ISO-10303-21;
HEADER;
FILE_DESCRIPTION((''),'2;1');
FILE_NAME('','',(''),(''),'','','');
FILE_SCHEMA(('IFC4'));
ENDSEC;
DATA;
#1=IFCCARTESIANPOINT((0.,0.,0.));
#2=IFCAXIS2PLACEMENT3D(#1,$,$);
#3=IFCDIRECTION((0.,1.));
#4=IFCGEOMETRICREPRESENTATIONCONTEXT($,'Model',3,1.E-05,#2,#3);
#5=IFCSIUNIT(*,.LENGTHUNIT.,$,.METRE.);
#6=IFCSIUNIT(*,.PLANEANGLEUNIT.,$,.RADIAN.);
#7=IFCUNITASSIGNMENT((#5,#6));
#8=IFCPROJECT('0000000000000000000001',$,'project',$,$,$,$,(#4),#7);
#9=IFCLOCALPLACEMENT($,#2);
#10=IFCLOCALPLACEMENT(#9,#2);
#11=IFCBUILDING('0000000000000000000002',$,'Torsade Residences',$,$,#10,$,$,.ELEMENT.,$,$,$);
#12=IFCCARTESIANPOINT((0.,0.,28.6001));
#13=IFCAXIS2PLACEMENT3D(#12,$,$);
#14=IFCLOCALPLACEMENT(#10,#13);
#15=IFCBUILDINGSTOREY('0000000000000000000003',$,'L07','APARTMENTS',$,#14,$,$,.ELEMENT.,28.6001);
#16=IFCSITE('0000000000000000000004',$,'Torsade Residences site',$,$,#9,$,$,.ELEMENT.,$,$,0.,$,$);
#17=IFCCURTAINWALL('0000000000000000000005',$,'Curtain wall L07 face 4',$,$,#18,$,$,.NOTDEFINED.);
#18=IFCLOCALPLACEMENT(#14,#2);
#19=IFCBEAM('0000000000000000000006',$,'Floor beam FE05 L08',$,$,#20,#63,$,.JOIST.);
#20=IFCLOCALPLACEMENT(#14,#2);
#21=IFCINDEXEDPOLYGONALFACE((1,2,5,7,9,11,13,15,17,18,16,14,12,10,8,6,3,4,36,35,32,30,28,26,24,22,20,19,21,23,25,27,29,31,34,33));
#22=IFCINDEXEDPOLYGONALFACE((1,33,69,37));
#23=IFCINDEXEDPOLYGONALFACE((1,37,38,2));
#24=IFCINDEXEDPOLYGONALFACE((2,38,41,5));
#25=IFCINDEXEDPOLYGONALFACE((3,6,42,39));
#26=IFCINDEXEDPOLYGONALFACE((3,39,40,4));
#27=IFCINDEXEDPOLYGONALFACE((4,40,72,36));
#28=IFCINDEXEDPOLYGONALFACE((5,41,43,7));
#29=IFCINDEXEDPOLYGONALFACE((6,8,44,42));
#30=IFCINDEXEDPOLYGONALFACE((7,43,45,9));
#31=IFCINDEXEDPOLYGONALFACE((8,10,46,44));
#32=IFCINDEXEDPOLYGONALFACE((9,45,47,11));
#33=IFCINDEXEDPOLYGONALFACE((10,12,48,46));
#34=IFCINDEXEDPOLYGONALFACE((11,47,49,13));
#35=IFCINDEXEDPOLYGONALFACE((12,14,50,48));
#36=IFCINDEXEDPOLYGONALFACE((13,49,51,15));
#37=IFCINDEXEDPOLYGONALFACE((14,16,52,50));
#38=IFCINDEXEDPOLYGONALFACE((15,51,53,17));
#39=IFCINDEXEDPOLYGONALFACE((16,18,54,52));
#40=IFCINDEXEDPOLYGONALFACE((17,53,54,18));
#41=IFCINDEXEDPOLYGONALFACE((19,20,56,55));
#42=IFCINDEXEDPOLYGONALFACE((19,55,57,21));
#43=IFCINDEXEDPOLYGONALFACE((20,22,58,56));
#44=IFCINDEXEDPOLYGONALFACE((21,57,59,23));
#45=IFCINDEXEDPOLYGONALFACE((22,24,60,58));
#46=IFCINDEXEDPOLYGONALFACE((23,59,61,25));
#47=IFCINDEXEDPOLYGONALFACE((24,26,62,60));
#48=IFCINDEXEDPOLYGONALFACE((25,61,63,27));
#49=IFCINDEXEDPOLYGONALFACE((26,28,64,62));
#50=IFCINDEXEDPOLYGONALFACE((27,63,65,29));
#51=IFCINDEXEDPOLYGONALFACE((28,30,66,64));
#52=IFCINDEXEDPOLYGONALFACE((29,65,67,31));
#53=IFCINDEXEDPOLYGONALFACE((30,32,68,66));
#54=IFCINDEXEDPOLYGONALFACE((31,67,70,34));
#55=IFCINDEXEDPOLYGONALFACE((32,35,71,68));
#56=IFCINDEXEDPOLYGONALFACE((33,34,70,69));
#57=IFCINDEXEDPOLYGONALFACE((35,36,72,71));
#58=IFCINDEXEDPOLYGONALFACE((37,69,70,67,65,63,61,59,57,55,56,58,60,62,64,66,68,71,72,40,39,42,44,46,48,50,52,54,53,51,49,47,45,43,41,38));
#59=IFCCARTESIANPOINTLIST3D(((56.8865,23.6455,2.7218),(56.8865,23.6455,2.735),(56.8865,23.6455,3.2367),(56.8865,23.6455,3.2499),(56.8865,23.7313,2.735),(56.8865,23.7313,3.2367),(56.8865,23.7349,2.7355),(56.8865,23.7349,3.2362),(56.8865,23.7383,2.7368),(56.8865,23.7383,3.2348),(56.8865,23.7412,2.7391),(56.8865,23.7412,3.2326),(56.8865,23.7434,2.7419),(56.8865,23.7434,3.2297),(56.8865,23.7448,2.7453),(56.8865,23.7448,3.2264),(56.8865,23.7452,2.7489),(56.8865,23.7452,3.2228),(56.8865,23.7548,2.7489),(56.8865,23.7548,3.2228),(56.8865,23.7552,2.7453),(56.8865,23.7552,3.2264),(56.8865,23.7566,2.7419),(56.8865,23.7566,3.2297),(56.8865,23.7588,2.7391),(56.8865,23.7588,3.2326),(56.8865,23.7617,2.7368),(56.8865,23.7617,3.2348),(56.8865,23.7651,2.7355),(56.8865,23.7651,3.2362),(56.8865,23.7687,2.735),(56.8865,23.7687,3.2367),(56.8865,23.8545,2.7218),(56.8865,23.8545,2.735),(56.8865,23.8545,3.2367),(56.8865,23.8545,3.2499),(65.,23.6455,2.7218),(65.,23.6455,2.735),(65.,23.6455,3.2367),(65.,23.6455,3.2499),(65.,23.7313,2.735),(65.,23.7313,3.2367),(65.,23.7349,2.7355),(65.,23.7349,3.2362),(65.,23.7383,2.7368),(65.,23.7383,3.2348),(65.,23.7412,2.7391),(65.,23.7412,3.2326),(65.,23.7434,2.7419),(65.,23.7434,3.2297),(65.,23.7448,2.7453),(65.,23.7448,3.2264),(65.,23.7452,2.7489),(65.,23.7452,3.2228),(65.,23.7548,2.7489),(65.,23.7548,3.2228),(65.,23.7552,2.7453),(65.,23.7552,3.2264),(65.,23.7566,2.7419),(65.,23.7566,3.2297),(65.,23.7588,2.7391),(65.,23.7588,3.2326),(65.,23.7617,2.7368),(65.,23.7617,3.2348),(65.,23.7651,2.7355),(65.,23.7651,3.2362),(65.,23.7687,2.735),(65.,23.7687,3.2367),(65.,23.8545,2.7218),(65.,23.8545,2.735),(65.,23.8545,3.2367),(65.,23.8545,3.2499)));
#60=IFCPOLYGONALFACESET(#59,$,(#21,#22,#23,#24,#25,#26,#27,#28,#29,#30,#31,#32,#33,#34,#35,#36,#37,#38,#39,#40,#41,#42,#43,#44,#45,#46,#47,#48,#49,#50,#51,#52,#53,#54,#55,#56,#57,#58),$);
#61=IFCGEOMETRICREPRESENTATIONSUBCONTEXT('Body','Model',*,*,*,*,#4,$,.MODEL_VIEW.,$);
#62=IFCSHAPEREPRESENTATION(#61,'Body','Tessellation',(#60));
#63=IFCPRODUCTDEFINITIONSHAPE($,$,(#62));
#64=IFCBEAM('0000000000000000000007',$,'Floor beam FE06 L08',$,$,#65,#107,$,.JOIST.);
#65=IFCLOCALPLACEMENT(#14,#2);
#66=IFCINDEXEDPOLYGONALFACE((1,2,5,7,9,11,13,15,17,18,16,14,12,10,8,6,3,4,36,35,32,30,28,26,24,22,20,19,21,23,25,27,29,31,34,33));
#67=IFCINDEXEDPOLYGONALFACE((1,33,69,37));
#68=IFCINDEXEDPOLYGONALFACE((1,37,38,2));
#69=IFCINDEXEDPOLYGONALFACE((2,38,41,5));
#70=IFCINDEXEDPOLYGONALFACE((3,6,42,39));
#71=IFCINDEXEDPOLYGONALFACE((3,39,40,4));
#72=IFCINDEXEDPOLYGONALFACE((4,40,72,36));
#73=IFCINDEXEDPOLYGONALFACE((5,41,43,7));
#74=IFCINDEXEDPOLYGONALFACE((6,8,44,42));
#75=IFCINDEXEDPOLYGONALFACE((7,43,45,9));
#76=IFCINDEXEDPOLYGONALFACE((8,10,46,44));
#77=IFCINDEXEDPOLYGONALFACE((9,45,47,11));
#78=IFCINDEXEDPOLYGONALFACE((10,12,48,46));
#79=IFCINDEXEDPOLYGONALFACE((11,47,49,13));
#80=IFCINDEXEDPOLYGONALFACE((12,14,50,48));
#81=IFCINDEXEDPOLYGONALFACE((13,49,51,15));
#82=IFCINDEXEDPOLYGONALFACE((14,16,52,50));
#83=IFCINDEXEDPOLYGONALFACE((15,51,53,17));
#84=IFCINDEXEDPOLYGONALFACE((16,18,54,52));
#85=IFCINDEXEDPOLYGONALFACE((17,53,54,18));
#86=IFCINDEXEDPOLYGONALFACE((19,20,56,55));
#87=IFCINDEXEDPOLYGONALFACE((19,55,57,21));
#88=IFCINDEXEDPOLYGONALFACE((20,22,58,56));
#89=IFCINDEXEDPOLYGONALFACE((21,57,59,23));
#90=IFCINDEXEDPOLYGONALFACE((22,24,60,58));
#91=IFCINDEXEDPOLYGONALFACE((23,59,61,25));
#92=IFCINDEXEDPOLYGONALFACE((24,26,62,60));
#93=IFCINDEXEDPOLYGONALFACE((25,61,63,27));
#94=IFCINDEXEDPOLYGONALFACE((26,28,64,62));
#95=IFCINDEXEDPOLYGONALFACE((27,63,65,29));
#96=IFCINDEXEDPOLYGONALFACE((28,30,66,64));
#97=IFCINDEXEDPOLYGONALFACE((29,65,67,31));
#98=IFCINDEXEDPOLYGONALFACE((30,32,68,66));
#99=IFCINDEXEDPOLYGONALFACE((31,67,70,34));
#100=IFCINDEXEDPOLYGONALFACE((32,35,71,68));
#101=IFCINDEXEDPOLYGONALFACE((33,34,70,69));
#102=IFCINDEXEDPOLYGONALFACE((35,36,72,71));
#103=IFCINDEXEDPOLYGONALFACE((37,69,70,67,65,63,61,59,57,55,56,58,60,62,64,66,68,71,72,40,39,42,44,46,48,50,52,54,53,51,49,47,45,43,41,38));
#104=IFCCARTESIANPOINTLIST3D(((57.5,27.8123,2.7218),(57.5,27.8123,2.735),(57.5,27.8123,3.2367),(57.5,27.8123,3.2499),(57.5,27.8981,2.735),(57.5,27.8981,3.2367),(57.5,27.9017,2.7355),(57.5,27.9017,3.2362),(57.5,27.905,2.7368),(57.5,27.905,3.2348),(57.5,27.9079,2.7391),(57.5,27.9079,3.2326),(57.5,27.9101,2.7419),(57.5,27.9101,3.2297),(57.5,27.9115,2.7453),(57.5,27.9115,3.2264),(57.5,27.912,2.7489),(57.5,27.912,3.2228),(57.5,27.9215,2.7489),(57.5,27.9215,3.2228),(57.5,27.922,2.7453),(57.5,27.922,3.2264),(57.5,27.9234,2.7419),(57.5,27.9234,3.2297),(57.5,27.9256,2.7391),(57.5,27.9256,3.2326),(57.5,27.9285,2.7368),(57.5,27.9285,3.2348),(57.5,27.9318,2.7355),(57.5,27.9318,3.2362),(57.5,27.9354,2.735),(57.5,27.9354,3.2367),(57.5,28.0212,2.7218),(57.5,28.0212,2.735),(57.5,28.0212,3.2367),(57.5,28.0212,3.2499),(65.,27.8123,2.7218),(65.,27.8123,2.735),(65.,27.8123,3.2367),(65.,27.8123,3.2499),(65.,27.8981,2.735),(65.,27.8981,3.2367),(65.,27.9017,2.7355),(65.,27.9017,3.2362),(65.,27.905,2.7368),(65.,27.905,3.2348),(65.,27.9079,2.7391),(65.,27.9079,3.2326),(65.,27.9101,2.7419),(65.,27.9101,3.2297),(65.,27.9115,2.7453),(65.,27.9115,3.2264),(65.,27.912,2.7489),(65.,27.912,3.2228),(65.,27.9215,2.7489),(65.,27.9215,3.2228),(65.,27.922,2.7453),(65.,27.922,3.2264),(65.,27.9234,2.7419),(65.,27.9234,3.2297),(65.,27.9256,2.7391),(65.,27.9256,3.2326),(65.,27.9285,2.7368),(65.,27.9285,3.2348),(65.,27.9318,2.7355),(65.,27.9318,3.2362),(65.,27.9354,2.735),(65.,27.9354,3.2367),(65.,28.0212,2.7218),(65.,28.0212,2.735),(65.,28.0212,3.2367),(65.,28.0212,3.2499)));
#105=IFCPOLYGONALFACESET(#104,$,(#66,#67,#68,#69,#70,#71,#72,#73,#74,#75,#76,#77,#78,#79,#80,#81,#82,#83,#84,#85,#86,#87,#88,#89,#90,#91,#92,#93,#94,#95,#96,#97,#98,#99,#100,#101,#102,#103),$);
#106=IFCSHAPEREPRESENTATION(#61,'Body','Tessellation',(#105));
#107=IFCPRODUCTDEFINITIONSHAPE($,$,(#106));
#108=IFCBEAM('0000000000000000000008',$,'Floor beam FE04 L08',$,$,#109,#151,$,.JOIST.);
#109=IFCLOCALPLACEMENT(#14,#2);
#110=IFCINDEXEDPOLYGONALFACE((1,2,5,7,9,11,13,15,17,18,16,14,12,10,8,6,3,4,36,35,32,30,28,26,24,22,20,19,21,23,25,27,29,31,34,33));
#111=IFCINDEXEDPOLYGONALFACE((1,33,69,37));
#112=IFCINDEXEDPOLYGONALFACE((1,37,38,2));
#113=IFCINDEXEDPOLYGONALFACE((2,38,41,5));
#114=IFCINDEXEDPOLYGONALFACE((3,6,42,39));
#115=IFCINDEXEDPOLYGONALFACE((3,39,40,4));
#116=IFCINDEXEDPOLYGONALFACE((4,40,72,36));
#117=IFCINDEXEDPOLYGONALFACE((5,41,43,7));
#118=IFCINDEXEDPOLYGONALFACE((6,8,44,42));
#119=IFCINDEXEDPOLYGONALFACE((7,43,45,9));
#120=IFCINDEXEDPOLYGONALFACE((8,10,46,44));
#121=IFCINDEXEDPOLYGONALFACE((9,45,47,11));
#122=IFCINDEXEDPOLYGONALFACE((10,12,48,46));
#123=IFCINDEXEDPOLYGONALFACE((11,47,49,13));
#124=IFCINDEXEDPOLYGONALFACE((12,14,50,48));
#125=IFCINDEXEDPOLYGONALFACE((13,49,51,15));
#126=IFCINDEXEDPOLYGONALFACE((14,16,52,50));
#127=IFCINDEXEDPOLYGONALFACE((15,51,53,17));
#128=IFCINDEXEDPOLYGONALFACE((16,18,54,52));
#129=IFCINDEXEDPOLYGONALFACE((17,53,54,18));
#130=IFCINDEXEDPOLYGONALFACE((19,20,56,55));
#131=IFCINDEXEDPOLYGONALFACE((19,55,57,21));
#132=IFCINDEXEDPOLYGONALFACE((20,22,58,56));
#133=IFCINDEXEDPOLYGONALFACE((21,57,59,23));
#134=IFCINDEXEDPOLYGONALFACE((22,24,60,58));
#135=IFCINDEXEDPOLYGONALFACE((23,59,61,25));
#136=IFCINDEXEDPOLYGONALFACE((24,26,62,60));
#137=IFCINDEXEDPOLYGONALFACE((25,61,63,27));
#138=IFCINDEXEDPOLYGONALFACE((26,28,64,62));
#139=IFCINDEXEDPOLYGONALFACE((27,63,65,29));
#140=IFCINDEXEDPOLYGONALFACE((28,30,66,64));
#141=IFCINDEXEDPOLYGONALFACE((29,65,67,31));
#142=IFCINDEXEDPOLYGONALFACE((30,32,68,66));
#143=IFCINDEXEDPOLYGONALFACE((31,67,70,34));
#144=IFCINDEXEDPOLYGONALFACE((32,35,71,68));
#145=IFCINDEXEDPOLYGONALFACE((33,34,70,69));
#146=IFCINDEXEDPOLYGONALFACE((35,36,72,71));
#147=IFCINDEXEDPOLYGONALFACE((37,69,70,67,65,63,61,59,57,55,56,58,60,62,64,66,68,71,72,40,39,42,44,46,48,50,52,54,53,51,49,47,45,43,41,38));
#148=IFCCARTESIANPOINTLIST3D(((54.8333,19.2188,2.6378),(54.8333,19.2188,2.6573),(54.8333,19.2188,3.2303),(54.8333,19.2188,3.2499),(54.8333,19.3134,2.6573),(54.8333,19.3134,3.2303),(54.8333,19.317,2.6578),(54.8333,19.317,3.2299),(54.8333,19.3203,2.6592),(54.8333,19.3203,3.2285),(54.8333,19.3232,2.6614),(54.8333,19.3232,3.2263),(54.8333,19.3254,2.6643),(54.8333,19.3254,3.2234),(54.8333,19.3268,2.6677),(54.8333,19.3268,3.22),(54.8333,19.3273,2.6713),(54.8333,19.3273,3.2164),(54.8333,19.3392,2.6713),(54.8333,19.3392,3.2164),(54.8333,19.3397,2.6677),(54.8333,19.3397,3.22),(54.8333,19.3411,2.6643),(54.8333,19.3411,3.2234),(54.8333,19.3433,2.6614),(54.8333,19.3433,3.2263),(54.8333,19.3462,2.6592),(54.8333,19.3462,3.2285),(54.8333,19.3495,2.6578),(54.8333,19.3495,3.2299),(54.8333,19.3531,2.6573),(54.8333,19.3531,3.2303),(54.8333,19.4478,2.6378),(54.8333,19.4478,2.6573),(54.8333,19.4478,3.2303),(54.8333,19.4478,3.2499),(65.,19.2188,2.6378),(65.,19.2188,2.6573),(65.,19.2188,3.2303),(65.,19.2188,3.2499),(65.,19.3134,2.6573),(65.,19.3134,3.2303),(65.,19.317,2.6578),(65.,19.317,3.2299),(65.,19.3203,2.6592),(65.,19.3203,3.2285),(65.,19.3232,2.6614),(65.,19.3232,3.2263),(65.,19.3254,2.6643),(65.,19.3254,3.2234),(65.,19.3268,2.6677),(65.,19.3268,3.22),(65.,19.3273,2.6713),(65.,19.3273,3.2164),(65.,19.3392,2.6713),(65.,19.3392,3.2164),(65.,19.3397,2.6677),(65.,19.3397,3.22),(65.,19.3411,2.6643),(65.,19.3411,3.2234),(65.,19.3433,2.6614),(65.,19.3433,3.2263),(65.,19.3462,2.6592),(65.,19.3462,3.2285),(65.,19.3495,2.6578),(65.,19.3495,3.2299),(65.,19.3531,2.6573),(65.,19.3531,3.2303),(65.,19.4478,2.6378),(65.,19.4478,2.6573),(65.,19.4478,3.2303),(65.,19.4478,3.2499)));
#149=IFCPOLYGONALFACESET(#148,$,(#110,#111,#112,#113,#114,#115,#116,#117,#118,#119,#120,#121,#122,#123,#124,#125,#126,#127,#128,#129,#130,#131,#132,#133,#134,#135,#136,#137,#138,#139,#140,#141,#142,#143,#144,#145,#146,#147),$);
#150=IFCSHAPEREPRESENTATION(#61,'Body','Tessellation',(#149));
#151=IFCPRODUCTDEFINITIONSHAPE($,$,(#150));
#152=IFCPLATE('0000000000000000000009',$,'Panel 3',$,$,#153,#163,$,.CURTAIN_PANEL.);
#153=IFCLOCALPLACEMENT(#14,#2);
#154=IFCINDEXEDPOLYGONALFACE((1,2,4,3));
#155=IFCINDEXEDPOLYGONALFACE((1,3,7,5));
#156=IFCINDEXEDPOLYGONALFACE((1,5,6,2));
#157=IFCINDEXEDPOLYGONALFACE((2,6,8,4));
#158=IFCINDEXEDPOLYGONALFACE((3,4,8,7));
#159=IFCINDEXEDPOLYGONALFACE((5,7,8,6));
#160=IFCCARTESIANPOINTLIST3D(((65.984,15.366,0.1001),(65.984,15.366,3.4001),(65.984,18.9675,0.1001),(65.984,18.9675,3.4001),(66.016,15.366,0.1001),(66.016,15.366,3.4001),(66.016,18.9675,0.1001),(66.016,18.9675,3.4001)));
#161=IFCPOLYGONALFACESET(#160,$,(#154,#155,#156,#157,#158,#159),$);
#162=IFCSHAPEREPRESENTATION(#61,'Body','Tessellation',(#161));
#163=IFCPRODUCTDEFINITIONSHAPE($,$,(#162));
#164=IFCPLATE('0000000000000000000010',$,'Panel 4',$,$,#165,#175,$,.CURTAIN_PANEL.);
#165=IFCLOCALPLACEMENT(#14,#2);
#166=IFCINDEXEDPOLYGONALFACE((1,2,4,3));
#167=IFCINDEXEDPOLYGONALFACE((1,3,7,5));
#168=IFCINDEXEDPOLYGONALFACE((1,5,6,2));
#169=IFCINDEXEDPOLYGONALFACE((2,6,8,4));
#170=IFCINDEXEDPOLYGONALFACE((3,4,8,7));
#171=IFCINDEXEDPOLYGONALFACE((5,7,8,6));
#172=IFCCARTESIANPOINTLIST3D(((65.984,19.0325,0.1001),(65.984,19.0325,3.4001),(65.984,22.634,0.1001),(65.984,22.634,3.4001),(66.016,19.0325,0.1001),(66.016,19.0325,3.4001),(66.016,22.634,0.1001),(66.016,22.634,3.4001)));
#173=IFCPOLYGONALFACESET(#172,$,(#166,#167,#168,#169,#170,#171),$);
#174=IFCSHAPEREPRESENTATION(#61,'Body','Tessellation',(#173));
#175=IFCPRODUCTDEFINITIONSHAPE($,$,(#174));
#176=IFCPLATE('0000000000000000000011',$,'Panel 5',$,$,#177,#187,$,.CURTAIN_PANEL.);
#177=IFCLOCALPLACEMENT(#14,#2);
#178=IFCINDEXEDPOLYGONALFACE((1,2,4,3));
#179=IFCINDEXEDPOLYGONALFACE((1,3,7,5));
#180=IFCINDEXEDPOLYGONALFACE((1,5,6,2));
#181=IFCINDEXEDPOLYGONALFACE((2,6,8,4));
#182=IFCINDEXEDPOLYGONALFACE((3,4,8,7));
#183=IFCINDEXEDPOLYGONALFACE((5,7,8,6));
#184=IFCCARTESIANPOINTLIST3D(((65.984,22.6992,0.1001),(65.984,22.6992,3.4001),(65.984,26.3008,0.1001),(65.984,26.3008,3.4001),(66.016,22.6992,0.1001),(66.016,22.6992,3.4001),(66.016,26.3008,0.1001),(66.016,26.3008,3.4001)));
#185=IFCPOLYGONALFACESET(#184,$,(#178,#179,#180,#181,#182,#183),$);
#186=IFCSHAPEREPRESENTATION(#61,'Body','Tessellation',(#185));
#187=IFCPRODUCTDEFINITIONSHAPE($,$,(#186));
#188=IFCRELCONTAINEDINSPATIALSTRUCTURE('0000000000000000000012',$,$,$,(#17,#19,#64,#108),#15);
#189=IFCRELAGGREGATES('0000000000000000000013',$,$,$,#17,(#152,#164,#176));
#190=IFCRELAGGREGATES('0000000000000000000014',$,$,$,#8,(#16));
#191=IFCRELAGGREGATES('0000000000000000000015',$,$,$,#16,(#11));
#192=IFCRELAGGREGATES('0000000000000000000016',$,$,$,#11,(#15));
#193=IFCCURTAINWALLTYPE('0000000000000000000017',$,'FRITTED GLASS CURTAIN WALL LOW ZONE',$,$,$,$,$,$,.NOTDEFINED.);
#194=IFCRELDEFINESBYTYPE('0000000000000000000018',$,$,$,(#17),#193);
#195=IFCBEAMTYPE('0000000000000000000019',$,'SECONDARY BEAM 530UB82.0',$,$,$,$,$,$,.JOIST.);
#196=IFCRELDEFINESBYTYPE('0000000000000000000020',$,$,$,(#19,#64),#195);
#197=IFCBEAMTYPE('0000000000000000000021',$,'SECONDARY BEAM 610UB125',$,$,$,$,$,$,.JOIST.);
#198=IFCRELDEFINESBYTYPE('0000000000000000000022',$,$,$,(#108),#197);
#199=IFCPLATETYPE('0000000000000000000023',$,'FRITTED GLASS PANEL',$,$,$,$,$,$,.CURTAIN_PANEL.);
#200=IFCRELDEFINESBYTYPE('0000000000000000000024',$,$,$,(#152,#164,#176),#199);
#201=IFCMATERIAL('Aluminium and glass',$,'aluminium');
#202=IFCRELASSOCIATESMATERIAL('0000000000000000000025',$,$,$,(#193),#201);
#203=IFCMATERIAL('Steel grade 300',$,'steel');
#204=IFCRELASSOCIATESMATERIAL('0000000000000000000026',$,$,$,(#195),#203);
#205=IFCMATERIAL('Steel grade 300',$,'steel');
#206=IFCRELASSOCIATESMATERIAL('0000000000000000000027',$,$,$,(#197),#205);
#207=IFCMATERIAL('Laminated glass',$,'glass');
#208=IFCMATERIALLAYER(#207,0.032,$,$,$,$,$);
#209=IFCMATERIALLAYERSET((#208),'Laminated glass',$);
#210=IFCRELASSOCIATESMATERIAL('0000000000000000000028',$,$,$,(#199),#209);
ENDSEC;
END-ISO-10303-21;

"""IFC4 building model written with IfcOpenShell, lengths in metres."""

from ifc_helpers import new_model, si_unit, direction, frame, origin, origin_2d, place, context, subcontext, project, spatial, rectangle, i_section, extrude, material, layer, layer_set, material_profile, profile_set, type_object, element, aggregate, save


model = new_model("IFC4")

# Units and contexts
model_context = context("Model", 3, precision=1e-05, world=origin(), true_north=direction((0.0, 1.0)))
body_context = subcontext(model_context, "Body", "Model", "MODEL_VIEW")
ifc_project = project(units=[si_unit("LENGTHUNIT", "METRE"), si_unit("PLANEANGLEUNIT", "RADIAN")], contexts=[model_context])

# Site, building, storey
site_placement = place(None, origin())
site = spatial("IfcSite", under=ifc_project, at=site_placement, Name="Torsade Residences site", CompositionType="ELEMENT", RefElevation=0.0)
building_placement = place(site_placement, origin())
building = spatial("IfcBuilding", under=site, at=building_placement, Name="Torsade Residences", CompositionType="ELEMENT")
storey_placement = place(building_placement, frame((0.0, 0.0, 28.6001)))
storey = spatial("IfcBuildingStorey", under=building, at=storey_placement, Name="L07", Description="APARTMENTS", CompositionType="ELEMENT", Elevation=28.6001)

# Curtain wall
ifc_material_1 = material(Name="Aluminium and glass", Category="aluminium")
curtain_wall_type = type_object("IfcCurtainWallType", Name="FRITTED GLASS CURTAIN WALL LOW ZONE", PredefinedType="NOTDEFINED", material=ifc_material_1)
curtain_wall_placement = place(storey_placement, origin())
curtain_wall = element("IfcCurtainWall", 1, at=curtain_wall_placement, inside=storey, type_object=curtain_wall_type, Name="Curtain wall L07 face 4", PredefinedType="NOTDEFINED")

# Beams
ifc_material_2 = material(Name="Steel grade 300", Category="steel")
ifc_material_profile_1 = material_profile(ifc_material_2, i_section(OverallWidth=0.209, OverallDepth=0.5281, WebThickness=0.0095, FlangeThickness=0.0132, FilletRadius=0.0139, at=origin_2d()), Name="530UB82.0")
ifc_profile_set_1 = profile_set([ifc_material_profile_1], Name="Steel grade 300")
beam_type_1 = type_object("IfcBeamType", Name="SECONDARY BEAM 530UB82.0", PredefinedType="JOIST", material=ifc_profile_set_1)
beam_1_placement = place(storey_placement, frame((65.0, 23.75, 2.9858), z_axis=(-1.0, 0.0, 0.0), x_axis=(0.0, -1.0, 0.0)))
element("IfcBeam", 2, at=beam_1_placement, inside=storey, type_object=beam_type_1, Name="Floor beam FE05 L08", PredefinedType="JOIST", context=body_context, shape_type="SweptSolid", body=[
    extrude(i_section(OverallWidth=0.209, OverallDepth=0.5281, WebThickness=0.0095, FlangeThickness=0.0132, FilletRadius=0.0139, at=origin_2d()), origin(), (0.0, 0.0, 1.0), 8.1135),
])
beam_2_placement = place(storey_placement, frame((65.0, 27.9167, 2.9858), z_axis=(-1.0, 0.0, 0.0), x_axis=(0.0, -1.0, 0.0)))
element("IfcBeam", 3, at=beam_2_placement, inside=storey, type_object=beam_type_1, Name="Floor beam FE06 L08", PredefinedType="JOIST", context=body_context, shape_type="SweptSolid", body=[
    extrude(i_section(OverallWidth=0.209, OverallDepth=0.5281, WebThickness=0.0095, FlangeThickness=0.0132, FilletRadius=0.0139, at=origin_2d()), origin(), (0.0, 0.0, 1.0), 7.5),
])
ifc_material_3 = material(Name="Steel grade 300", Category="steel")
ifc_material_profile_2 = material_profile(ifc_material_3, i_section(OverallWidth=0.229, OverallDepth=0.6121, WebThickness=0.012, FlangeThickness=0.0195, FilletRadius=0.0139, at=origin_2d()), Name="610UB125")
ifc_profile_set_2 = profile_set([ifc_material_profile_2], Name="Steel grade 300")
beam_type_2 = type_object("IfcBeamType", Name="SECONDARY BEAM 610UB125", PredefinedType="JOIST", material=ifc_profile_set_2)
beam_3_placement = place(storey_placement, frame((65.0, 19.3333, 2.9438), z_axis=(-1.0, 0.0, 0.0), x_axis=(0.0, -1.0, 0.0)))
element("IfcBeam", 4, at=beam_3_placement, inside=storey, type_object=beam_type_2, Name="Floor beam FE04 L08", PredefinedType="JOIST", context=body_context, shape_type="SweptSolid", body=[
    extrude(i_section(OverallWidth=0.229, OverallDepth=0.6121, WebThickness=0.012, FlangeThickness=0.0195, FilletRadius=0.0139, at=origin_2d()), origin(), (0.0, 0.0, 1.0), 10.1667),
])

# Plates
ifc_material_4 = material(Name="Laminated glass", Category="glass")
ifc_layer_1 = layer(ifc_material_4, 0.032)
ifc_layer_set_1 = layer_set([ifc_layer_1], Name="Laminated glass")
plate_type = type_object("IfcPlateType", Name="FRITTED GLASS PANEL", PredefinedType="CURTAIN_PANEL", material=ifc_layer_set_1)
plate_1_placement = place(storey_placement, frame((66.0, 17.1667, 0.1001), z_axis=(0.0, 0.0, 1.0), x_axis=(0.0, 1.0, 0.0)))
plate_1 = element("IfcPlate", 5, at=plate_1_placement, type_object=plate_type, Name="Panel 3", PredefinedType="CURTAIN_PANEL", context=body_context, shape_type="SweptSolid", body=[
    extrude(rectangle(XDim=3.6016, YDim=0.032, at=origin_2d()), origin(), (0.0, 0.0, 1.0), 3.3),
])
plate_2_placement = place(storey_placement, frame((66.0, 20.8333, 0.1001), z_axis=(0.0, 0.0, 1.0), x_axis=(0.0, 1.0, 0.0)))
plate_2 = element("IfcPlate", 6, at=plate_2_placement, type_object=plate_type, Name="Panel 4", PredefinedType="CURTAIN_PANEL", context=body_context, shape_type="SweptSolid", body=[
    extrude(rectangle(XDim=3.6016, YDim=0.032, at=origin_2d()), origin(), (0.0, 0.0, 1.0), 3.3),
])
plate_3_placement = place(storey_placement, frame((66.0, 24.5, 0.1001), z_axis=(0.0, 0.0, 1.0), x_axis=(0.0, 1.0, 0.0)))
plate_3 = element("IfcPlate", 7, at=plate_3_placement, type_object=plate_type, Name="Panel 5", PredefinedType="CURTAIN_PANEL", context=body_context, shape_type="SweptSolid", body=[
    extrude(rectangle(XDim=3.6016, YDim=0.032, at=origin_2d()), origin(), (0.0, 0.0, 1.0), 3.3),
])
aggregate(curtain_wall, [plate_1, plate_2, plate_3])

save(model, "model.ifc")
